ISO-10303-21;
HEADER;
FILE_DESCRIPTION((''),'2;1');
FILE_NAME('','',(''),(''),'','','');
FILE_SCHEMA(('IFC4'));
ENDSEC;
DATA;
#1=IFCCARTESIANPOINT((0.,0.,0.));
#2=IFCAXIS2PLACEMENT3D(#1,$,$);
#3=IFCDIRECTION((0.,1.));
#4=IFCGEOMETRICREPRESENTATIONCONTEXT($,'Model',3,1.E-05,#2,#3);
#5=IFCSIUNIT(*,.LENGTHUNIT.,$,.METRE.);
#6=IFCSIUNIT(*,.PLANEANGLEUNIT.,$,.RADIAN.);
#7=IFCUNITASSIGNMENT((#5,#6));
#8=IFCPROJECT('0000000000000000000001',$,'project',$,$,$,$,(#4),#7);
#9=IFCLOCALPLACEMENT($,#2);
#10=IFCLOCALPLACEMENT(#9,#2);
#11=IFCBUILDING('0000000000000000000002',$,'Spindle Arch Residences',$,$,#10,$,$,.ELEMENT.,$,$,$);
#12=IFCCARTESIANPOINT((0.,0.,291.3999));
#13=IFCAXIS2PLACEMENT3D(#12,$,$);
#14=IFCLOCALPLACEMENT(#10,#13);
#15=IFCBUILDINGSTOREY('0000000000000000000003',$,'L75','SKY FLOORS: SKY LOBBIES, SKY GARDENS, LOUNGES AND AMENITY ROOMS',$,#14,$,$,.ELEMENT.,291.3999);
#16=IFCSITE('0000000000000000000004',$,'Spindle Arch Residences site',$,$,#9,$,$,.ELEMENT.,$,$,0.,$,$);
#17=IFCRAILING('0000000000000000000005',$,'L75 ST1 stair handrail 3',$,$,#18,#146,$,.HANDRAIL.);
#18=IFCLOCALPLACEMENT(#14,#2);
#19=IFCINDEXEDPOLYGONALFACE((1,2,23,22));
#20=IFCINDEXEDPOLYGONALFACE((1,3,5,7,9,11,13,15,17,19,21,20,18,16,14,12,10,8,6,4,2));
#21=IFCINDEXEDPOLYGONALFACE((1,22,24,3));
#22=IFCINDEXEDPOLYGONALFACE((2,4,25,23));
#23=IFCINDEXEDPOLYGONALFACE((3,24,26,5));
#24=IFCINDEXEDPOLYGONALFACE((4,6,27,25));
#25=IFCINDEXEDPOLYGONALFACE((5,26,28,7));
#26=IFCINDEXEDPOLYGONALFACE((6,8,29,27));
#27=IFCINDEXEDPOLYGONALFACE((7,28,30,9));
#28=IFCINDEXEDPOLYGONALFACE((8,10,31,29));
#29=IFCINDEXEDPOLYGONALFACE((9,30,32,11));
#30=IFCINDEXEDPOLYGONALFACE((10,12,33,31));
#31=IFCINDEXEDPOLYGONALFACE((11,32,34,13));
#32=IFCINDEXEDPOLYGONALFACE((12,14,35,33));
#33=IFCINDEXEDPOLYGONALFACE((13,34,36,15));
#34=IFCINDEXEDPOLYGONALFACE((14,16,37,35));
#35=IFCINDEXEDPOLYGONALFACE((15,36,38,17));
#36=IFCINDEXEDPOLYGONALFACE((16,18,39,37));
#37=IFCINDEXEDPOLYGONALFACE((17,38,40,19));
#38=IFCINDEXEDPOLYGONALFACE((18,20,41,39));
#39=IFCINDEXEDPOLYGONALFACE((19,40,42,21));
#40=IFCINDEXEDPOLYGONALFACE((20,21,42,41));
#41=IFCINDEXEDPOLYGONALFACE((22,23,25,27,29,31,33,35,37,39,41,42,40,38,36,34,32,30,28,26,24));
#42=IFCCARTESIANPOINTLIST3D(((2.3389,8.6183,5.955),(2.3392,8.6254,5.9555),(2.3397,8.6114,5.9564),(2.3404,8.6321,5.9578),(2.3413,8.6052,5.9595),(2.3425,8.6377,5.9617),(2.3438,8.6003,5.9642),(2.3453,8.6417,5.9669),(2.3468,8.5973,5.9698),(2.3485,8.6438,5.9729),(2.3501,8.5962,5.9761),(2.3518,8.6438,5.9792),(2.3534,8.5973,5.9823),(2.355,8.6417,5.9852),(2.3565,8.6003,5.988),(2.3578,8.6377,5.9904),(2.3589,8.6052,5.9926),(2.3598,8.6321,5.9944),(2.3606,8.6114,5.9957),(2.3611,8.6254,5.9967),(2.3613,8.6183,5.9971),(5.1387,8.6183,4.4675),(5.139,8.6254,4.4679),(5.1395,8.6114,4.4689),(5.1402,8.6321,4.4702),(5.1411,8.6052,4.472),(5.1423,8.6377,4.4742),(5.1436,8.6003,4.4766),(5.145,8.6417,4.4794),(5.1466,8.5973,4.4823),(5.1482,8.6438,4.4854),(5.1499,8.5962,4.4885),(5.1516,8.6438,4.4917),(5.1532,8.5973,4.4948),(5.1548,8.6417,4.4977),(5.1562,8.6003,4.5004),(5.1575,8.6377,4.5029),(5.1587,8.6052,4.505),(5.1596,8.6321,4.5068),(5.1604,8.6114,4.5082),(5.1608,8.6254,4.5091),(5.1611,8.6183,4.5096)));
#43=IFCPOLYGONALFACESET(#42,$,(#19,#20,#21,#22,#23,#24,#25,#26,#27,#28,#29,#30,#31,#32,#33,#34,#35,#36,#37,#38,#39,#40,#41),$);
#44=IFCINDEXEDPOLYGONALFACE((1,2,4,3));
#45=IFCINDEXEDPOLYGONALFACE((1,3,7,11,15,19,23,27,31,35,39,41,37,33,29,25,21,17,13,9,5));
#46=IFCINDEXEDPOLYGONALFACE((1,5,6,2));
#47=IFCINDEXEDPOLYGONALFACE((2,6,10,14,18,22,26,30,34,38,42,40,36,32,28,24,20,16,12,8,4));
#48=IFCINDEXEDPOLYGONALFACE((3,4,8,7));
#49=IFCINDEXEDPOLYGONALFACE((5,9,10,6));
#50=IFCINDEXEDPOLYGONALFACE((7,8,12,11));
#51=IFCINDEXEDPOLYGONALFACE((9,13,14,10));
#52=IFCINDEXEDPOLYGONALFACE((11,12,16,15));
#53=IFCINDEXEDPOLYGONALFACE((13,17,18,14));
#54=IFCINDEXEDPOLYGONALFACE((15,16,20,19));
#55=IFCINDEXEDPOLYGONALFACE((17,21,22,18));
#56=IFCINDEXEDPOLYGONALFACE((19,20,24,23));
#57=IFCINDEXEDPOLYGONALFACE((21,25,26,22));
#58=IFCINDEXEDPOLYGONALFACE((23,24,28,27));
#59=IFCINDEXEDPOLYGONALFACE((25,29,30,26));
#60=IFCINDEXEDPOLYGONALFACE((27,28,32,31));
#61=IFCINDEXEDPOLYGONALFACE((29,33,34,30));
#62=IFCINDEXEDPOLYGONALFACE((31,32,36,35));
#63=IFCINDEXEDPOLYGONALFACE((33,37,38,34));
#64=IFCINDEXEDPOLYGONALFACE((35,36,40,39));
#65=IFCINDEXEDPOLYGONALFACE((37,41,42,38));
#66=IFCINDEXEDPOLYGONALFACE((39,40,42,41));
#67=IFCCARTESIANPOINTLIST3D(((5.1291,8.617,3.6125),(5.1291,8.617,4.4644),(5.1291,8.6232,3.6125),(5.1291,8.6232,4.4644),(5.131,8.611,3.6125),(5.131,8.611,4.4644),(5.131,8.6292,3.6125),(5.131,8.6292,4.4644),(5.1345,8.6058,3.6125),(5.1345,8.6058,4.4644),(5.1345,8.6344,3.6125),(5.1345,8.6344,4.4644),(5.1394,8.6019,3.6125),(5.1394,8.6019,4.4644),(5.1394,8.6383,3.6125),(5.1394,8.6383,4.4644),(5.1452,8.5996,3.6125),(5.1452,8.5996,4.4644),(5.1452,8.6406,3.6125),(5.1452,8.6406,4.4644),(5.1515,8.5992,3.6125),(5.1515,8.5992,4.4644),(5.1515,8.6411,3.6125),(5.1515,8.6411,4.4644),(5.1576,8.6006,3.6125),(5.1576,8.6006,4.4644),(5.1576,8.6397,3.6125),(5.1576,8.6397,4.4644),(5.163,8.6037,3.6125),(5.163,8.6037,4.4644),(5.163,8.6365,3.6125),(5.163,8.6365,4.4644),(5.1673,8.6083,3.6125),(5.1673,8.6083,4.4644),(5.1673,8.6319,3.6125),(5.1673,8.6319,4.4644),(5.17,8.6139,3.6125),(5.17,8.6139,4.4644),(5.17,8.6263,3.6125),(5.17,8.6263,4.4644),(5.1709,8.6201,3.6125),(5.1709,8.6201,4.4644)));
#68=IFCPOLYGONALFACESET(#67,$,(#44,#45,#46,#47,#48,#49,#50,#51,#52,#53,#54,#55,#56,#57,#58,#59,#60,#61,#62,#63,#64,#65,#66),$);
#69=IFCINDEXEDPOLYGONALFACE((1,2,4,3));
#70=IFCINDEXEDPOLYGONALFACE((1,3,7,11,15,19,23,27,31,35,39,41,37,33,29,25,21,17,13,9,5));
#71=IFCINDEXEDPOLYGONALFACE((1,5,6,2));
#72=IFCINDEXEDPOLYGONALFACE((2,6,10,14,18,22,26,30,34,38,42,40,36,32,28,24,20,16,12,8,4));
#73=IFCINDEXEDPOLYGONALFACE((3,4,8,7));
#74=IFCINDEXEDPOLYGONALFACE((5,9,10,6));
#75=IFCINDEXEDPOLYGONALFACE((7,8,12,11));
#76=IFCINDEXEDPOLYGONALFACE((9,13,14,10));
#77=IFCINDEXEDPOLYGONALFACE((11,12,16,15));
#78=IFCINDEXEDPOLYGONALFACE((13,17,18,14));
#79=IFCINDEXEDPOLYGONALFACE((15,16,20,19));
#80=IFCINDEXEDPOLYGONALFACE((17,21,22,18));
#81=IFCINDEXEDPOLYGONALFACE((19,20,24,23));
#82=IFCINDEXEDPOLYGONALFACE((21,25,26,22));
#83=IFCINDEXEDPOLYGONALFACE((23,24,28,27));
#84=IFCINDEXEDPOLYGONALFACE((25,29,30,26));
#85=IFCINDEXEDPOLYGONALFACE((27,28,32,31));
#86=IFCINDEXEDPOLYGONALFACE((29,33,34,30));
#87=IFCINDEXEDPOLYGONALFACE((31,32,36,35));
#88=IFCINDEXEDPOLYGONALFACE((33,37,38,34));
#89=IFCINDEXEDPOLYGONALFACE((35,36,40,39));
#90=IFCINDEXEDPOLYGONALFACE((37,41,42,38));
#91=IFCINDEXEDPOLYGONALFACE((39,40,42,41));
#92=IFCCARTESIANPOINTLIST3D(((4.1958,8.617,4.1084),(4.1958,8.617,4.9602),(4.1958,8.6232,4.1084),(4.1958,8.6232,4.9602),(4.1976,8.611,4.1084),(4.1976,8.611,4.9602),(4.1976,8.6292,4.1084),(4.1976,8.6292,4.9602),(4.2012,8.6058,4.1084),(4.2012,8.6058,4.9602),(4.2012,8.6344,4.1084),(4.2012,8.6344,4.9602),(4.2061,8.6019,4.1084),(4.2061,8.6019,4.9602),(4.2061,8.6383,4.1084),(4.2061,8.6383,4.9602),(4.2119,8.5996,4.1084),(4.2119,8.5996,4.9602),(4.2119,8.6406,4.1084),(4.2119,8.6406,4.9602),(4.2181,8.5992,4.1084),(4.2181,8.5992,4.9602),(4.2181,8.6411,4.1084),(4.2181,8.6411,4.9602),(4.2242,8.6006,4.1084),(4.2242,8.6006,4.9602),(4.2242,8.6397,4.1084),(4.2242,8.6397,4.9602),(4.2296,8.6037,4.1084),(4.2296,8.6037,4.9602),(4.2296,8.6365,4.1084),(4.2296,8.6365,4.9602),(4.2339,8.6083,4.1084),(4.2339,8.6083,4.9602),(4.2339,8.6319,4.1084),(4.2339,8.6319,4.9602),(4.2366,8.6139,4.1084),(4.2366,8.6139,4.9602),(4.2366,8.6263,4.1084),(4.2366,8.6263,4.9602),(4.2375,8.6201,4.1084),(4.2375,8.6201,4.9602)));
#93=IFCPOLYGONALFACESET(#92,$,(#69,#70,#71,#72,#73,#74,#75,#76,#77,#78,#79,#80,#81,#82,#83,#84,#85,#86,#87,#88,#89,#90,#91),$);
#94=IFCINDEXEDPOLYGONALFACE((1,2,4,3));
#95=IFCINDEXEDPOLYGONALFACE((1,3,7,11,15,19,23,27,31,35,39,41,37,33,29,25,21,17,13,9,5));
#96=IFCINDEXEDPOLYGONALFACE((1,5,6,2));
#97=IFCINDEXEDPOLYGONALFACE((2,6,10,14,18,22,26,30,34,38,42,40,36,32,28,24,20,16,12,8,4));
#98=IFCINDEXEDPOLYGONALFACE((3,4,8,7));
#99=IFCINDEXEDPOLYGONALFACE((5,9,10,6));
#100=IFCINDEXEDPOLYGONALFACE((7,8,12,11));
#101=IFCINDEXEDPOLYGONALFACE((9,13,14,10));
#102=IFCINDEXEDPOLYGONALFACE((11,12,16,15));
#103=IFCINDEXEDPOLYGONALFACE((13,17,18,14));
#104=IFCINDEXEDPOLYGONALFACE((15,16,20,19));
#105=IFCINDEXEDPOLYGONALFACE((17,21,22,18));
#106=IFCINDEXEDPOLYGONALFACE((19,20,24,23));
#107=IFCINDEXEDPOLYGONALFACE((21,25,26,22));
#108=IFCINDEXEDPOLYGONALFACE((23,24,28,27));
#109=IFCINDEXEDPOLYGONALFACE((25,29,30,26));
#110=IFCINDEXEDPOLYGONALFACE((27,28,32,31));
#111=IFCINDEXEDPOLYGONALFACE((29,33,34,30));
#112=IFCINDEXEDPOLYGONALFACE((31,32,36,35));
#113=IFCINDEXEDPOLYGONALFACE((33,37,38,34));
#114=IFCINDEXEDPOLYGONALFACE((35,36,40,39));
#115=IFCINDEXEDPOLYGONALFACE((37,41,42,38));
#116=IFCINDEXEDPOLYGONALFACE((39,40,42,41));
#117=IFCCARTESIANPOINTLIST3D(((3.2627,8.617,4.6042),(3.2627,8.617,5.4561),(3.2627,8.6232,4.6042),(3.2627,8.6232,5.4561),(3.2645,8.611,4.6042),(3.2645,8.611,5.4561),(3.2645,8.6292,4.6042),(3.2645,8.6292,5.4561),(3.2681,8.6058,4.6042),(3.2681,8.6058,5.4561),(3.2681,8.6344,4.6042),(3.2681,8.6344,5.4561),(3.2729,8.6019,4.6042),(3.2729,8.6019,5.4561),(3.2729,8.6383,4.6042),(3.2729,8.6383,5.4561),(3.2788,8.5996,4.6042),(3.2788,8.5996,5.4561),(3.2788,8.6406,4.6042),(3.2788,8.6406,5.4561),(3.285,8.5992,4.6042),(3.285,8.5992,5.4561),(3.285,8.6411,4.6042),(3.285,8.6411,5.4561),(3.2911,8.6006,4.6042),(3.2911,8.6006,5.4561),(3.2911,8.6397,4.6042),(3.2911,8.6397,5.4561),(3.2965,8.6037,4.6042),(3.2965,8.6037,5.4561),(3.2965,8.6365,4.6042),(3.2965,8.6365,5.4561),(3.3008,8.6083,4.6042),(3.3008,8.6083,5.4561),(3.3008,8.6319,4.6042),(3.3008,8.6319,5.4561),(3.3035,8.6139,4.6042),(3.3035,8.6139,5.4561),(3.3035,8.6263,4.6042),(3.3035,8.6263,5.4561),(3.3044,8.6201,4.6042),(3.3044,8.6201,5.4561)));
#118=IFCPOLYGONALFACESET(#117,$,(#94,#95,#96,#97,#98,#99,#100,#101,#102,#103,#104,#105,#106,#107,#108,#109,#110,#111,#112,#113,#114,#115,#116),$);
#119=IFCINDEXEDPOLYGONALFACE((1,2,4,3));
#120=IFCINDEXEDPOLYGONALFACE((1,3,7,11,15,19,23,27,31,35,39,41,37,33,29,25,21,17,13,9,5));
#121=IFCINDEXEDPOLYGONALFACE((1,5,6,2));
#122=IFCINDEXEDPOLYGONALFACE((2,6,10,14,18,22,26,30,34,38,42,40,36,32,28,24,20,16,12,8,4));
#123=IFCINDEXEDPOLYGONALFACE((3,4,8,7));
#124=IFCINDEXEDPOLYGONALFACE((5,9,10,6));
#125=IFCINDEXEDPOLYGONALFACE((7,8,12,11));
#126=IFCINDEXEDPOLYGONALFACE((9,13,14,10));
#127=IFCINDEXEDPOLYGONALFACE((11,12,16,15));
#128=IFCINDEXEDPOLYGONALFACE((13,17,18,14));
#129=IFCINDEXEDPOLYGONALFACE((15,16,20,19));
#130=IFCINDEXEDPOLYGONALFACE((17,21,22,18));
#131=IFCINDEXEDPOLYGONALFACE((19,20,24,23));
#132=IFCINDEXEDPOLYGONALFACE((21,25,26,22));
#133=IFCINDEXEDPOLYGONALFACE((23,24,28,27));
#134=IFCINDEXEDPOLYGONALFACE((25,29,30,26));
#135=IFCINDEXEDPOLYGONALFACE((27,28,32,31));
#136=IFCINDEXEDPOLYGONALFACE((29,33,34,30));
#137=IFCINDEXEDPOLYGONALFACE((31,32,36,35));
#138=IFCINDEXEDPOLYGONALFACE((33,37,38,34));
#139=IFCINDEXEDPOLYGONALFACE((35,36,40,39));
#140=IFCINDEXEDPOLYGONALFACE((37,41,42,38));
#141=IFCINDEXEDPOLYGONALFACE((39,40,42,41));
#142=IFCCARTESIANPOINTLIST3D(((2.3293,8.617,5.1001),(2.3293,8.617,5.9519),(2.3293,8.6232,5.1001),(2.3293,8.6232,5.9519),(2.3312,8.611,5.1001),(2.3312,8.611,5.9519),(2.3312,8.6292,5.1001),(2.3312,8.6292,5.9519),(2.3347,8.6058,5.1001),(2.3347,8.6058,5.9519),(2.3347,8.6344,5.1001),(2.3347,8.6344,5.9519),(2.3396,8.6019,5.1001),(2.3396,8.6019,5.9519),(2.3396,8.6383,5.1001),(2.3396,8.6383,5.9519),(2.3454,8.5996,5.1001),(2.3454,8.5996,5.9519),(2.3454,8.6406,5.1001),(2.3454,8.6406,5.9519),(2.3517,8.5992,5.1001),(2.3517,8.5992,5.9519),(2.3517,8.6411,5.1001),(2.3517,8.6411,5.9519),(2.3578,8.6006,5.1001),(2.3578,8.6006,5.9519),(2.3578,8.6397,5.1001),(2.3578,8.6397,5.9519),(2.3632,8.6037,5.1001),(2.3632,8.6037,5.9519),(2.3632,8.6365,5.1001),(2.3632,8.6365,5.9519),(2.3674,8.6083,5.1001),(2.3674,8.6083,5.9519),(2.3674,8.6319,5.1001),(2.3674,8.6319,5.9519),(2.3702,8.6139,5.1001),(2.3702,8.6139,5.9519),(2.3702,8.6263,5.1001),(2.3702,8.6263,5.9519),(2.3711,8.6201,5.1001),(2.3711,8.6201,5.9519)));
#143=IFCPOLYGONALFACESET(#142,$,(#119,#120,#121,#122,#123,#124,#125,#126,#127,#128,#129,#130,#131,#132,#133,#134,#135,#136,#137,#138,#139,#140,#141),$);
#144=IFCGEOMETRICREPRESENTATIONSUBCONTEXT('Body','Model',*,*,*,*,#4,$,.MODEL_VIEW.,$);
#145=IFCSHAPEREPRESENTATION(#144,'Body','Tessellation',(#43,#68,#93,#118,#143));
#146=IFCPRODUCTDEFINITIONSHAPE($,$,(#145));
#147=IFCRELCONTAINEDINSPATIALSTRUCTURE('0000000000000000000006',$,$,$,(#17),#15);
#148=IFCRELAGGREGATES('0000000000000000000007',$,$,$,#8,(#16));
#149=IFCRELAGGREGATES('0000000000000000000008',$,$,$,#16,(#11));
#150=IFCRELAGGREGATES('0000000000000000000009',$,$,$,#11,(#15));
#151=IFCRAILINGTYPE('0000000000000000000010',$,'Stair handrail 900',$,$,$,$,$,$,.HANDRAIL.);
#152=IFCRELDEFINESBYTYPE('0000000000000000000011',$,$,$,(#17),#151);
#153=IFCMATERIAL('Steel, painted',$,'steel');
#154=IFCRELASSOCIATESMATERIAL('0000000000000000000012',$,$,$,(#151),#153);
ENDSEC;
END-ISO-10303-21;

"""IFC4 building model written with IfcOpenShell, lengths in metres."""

from ifc_helpers import new_model, si_unit, direction, frame, origin, origin_2d, place, context, subcontext, project, spatial, circle, extrude, material, type_object, element, save


model = new_model("IFC4")

# Units and contexts
model_context = context("Model", 3, precision=1e-05, world=origin(), true_north=direction((0.0, 1.0)))
body_context = subcontext(model_context, "Body", "Model", "MODEL_VIEW")
ifc_project = project(units=[si_unit("LENGTHUNIT", "METRE"), si_unit("PLANEANGLEUNIT", "RADIAN")], contexts=[model_context])

# Site, building, storey
site_placement = place(None, origin())
site = spatial("IfcSite", under=ifc_project, at=site_placement, Name="Spindle Arch Residences site", CompositionType="ELEMENT", RefElevation=0.0)
building_placement = place(site_placement, origin())
building = spatial("IfcBuilding", under=site, at=building_placement, Name="Spindle Arch Residences", CompositionType="ELEMENT")
storey_placement = place(building_placement, frame((0.0, 0.0, 291.3999)))
storey = spatial("IfcBuildingStorey", under=building, at=storey_placement, Name="L75", Description="SKY FLOORS: SKY LOBBIES, SKY GARDENS, LOUNGES AND AMENITY ROOMS", CompositionType="ELEMENT", Elevation=291.3999)

# Railing
ifc_material_1 = material(Name="Steel, painted", Category="steel")
railing_type_1 = type_object("IfcRailingType", Name="Stair handrail 900", PredefinedType="HANDRAIL", material=ifc_material_1)
for number, where, name in (
    (1, (5.1499, 8.6201, 3.6125), "L75 ST1 stair handrail 3"),
):
    element("IfcRailing", number, at=place(storey_placement, frame(where)), inside=storey, type_object=railing_type_1, Name=name, PredefinedType="HANDRAIL", context=body_context, shape_type="SweptSolid", body=[
        extrude(circle(Radius=0.0239, at=origin_2d()), frame((0.0, 0.0, 0.876), z_axis=(-0.883096, 0.0, 0.469193), x_axis=(0.0, -1.0, 0.0)), (0.0, 0.0, 1.0), 3.1704),
        extrude(circle(Radius=0.021, at=origin_2d()), origin(), (0.0, 0.0, 1.0), 0.8518),
        extrude(circle(Radius=0.021, at=origin_2d()), frame((-0.9333, 0.0, 0.4958)), (0.0, 0.0, 1.0), 0.8518),
        extrude(circle(Radius=0.021, at=origin_2d()), frame((-1.8665, 0.0, 0.9917)), (0.0, 0.0, 1.0), 0.8518),
        extrude(circle(Radius=0.021, at=origin_2d()), frame((-2.7998, 0.0, 1.4875)), (0.0, 0.0, 1.0), 0.8518),
    ])

save(model, "model.ifc")
